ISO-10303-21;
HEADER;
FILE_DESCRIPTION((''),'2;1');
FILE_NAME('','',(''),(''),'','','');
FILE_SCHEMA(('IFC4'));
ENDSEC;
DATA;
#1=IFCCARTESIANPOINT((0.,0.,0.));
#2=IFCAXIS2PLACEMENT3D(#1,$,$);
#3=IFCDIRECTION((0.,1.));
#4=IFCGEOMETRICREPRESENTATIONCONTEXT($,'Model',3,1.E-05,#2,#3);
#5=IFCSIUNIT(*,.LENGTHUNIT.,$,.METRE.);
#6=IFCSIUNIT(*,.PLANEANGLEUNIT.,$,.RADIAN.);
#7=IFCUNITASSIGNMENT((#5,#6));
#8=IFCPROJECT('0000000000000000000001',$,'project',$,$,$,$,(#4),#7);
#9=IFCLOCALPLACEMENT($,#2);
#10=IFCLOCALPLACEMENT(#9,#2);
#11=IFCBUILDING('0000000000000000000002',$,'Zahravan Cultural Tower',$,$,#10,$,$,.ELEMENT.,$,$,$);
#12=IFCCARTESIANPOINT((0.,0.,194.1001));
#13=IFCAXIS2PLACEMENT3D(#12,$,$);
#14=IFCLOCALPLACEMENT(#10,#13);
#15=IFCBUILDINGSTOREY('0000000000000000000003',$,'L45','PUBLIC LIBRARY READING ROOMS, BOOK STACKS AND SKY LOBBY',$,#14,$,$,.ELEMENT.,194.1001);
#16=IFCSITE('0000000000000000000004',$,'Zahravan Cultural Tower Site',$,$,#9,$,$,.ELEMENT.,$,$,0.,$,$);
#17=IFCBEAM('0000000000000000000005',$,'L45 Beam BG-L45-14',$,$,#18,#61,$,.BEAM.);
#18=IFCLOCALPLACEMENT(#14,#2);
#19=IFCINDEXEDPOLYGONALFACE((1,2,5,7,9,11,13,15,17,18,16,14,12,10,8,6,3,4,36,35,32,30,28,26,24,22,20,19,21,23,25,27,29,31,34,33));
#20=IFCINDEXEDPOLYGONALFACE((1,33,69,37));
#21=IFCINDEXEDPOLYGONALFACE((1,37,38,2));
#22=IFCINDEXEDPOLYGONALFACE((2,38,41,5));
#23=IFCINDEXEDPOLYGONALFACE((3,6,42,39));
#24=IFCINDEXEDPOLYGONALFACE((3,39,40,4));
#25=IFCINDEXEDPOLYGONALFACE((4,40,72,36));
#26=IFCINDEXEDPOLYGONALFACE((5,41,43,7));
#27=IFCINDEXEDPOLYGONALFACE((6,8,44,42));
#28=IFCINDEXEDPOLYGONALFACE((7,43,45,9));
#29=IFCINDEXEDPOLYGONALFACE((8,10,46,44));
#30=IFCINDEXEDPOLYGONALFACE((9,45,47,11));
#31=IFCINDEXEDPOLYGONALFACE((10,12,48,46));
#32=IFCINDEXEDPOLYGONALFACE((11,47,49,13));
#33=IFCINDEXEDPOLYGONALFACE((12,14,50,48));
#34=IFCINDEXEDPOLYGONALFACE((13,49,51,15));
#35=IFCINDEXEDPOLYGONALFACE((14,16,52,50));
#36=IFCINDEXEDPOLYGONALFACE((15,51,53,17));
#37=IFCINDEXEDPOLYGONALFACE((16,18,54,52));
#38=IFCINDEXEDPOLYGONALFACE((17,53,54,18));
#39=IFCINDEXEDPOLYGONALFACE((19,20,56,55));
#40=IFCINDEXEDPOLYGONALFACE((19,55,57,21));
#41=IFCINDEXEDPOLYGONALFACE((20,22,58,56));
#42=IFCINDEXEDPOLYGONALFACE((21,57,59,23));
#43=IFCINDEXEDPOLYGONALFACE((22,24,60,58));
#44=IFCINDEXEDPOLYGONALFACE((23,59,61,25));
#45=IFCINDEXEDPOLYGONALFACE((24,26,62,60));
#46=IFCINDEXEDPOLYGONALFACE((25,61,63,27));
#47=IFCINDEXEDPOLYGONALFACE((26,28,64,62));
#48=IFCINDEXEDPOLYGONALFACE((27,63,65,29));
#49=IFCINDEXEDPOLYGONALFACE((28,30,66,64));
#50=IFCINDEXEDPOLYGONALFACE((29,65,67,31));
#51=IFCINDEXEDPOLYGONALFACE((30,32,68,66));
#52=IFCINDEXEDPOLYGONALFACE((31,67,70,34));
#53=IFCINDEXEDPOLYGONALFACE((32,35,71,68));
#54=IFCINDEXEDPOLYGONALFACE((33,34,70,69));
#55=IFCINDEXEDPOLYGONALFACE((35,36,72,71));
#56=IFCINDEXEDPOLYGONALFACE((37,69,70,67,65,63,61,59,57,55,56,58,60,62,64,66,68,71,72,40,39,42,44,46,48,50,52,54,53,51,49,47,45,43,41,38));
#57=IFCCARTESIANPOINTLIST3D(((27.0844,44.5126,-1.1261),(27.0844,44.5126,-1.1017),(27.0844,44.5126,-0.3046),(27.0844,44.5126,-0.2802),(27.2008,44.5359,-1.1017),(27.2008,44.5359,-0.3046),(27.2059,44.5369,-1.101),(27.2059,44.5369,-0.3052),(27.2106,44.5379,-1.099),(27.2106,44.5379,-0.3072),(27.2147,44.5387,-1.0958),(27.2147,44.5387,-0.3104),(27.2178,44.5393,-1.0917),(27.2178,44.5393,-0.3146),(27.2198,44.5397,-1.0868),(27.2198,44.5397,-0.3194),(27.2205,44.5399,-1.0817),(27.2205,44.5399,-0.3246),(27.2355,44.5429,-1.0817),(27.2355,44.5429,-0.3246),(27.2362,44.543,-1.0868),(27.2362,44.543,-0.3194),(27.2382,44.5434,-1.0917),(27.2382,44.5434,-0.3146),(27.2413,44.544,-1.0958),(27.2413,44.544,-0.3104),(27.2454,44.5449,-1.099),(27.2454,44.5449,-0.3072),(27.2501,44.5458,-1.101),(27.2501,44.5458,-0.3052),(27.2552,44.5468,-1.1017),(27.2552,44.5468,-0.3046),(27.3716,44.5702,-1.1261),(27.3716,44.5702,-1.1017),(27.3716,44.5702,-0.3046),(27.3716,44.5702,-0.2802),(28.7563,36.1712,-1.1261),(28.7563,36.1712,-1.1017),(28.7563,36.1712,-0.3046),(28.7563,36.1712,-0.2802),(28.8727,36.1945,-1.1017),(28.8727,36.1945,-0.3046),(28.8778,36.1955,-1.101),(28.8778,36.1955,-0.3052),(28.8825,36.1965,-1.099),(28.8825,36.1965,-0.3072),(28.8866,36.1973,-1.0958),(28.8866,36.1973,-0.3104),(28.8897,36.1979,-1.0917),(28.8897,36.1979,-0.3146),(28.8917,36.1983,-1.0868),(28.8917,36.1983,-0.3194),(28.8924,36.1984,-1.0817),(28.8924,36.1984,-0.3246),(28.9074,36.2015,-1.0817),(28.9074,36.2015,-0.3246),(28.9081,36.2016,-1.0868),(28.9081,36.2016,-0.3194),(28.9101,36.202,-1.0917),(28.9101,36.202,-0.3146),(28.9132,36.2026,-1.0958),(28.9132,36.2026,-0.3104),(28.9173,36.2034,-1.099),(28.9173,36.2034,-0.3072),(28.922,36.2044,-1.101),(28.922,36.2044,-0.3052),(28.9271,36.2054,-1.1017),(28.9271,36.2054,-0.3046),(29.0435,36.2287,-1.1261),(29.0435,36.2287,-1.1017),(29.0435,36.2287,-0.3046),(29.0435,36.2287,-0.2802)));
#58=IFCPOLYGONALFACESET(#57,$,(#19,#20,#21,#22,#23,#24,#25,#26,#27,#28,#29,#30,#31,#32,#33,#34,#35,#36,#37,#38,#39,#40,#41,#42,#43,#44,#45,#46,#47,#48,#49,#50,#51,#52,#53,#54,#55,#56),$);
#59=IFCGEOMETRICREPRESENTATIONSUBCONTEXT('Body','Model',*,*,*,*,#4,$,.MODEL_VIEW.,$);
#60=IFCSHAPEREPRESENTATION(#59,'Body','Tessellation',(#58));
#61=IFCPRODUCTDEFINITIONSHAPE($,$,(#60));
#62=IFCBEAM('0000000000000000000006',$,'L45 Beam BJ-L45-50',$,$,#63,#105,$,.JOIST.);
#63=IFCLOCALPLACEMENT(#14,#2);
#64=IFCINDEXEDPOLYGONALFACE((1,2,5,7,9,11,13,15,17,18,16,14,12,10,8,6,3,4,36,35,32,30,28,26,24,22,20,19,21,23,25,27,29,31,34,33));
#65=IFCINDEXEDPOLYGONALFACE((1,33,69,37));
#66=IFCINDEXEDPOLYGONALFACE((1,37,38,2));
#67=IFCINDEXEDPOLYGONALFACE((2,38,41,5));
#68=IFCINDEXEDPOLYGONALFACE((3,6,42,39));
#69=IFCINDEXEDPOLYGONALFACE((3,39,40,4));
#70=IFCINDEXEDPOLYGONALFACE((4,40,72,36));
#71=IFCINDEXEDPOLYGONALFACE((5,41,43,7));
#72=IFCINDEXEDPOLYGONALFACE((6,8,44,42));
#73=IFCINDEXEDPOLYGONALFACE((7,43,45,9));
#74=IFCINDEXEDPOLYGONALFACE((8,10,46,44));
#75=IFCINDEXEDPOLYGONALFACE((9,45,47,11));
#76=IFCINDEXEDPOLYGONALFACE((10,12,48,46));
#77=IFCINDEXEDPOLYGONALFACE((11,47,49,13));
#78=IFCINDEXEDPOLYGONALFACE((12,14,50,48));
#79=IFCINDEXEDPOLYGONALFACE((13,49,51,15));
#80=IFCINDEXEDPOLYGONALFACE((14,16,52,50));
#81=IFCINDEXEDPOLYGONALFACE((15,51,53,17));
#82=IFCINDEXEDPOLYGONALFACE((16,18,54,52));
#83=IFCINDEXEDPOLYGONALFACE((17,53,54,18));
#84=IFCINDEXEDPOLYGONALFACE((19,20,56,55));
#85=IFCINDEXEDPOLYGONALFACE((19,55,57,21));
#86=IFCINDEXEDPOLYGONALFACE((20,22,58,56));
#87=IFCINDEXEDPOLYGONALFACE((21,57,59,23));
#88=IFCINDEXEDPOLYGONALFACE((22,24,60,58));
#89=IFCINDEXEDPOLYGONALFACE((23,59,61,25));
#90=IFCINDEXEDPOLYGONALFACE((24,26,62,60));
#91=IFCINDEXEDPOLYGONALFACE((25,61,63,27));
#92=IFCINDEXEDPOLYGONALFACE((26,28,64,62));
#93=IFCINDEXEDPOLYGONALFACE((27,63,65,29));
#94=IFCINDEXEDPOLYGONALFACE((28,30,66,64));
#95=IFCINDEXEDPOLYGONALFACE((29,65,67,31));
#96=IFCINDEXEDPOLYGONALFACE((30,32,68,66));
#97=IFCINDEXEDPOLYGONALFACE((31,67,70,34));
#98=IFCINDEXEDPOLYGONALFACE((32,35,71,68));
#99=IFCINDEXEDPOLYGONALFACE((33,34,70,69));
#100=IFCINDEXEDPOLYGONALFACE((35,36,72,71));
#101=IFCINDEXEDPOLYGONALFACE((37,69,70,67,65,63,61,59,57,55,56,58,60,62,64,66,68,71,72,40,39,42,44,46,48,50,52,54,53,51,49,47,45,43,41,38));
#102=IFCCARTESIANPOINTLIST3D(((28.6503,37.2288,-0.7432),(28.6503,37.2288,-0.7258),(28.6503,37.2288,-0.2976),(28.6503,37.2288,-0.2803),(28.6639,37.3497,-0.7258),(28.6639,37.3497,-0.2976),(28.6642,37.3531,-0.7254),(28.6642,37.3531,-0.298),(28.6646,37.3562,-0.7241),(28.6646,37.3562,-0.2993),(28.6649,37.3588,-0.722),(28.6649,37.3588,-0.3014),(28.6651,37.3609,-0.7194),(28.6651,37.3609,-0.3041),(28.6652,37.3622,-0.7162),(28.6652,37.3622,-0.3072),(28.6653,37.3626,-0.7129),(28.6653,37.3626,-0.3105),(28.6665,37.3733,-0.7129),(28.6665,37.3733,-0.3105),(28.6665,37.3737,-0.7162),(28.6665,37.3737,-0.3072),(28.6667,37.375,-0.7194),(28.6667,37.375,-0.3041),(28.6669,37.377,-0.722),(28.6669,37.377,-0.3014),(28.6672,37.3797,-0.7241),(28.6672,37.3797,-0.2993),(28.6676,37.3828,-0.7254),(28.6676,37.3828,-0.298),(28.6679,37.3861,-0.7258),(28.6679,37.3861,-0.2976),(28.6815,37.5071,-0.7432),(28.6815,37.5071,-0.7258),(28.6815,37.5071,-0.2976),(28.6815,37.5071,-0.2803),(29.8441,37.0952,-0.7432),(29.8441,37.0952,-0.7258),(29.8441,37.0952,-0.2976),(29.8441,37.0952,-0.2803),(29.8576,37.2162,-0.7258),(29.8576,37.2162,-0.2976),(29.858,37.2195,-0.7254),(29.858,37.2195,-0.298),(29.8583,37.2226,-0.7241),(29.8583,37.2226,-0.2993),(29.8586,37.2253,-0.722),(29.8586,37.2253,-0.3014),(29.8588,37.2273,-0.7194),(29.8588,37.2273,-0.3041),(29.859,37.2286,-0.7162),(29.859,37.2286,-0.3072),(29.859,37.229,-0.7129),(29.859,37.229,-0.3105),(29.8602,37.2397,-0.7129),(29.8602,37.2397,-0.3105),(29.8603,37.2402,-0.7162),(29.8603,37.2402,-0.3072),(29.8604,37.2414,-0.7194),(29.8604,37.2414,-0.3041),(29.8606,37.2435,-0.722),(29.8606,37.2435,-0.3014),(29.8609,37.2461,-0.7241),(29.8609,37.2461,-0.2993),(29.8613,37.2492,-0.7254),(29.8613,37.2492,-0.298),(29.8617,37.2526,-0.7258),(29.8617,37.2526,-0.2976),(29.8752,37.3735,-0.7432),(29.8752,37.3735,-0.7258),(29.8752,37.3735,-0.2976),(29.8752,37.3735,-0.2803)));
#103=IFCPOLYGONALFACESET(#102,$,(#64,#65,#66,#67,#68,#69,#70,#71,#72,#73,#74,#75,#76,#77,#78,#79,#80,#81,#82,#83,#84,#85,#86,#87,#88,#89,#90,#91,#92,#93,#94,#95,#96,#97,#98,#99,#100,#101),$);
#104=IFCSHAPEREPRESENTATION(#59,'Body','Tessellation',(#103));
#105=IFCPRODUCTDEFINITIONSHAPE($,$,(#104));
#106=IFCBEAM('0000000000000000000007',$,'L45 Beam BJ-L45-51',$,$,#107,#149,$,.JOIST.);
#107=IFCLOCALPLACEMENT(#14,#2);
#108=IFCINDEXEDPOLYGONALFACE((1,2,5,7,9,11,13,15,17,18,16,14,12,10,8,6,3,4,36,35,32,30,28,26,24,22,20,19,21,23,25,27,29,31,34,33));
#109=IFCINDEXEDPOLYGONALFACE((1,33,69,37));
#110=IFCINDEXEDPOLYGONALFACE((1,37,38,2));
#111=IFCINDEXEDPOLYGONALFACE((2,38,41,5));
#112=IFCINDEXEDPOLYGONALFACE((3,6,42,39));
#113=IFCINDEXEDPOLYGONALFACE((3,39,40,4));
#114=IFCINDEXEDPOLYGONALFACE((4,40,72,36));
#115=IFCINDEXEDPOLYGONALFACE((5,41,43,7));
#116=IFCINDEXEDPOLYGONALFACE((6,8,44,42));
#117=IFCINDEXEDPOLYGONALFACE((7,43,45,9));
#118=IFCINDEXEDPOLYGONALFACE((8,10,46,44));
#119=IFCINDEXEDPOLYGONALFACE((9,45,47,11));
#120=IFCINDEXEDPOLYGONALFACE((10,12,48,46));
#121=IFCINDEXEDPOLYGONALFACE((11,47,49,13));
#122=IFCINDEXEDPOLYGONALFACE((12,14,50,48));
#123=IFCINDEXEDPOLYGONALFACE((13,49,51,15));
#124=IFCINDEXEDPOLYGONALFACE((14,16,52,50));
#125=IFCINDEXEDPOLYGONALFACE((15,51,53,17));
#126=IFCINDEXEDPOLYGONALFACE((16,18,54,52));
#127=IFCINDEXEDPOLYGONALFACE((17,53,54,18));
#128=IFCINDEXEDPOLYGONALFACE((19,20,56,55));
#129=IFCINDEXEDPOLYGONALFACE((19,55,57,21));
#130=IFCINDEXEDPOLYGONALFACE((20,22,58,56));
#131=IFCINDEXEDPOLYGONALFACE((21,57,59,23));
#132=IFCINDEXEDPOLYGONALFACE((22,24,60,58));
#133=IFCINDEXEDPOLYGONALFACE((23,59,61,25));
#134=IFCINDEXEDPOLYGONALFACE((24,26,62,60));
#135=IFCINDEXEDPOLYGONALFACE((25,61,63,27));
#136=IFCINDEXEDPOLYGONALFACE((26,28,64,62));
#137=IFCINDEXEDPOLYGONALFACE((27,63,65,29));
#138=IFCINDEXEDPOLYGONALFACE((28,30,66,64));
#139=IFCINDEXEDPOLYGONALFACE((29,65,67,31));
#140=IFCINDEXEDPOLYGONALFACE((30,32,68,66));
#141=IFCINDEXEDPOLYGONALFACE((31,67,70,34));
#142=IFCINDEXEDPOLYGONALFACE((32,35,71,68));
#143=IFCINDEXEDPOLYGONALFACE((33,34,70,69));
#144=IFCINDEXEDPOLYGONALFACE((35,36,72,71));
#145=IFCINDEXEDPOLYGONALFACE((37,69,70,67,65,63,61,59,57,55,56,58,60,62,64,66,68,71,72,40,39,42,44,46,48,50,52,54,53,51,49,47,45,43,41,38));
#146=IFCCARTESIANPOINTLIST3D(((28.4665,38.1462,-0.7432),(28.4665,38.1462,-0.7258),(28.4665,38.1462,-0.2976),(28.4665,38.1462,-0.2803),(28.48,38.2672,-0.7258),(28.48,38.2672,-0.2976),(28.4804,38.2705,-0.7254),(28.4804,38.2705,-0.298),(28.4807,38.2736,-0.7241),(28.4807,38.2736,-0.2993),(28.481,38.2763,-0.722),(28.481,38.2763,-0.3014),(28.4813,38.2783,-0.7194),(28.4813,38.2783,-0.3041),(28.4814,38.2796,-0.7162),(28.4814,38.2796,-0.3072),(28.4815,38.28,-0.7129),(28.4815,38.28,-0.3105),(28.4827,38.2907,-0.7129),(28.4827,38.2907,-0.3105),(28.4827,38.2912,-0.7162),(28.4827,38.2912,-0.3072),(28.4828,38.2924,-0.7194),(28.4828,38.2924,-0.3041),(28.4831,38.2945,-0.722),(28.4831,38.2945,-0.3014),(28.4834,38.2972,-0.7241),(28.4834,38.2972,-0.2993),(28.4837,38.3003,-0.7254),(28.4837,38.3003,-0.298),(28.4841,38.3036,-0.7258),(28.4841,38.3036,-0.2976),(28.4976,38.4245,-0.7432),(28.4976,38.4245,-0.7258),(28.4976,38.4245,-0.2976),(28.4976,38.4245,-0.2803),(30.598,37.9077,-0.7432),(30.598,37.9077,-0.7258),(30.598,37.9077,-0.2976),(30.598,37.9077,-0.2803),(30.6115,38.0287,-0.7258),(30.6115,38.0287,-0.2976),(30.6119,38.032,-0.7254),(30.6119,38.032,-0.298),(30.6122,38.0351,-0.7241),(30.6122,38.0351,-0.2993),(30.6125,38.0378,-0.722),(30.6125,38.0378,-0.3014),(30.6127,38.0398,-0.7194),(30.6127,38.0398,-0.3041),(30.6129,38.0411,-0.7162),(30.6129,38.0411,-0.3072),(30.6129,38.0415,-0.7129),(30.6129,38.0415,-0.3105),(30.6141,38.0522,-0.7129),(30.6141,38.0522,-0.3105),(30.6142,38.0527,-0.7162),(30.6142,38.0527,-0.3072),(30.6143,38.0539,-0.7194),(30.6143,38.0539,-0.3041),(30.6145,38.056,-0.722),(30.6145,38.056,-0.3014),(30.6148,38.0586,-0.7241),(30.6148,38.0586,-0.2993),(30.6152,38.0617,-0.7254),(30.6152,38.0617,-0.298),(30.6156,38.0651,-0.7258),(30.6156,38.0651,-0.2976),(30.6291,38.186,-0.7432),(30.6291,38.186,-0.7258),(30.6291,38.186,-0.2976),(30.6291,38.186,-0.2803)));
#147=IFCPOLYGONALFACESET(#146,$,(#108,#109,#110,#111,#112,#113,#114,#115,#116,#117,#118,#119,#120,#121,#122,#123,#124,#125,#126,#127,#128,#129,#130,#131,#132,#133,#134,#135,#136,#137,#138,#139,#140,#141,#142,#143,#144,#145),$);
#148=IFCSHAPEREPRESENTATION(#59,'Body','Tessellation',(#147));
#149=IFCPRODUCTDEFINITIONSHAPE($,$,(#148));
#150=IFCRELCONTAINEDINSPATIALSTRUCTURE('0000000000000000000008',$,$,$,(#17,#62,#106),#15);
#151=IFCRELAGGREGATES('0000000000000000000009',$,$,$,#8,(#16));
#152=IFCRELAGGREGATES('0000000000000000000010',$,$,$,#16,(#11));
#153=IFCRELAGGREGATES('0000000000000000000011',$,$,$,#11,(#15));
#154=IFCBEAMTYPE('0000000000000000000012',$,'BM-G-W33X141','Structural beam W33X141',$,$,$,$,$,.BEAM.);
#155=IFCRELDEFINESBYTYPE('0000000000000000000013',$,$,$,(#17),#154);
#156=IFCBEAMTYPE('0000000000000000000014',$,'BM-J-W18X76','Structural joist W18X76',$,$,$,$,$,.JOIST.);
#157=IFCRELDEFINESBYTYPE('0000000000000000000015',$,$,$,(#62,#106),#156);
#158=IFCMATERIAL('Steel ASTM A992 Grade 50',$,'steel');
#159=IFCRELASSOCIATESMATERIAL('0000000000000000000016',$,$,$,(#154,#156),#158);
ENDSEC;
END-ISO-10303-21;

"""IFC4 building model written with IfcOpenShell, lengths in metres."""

from ifc_helpers import new_model, si_unit, direction, frame, origin, origin_2d, place, context, subcontext, project, spatial, i_section, extrude, source, transform, mapped, material, material_profile, profile_set, type_object, element, save


model = new_model("IFC4")

# Units and contexts
model_context = context("Model", 3, precision=1e-05, world=origin(), true_north=direction((0.0, 1.0)))
body_context = subcontext(model_context, "Body", "Model", "MODEL_VIEW")
ifc_project = project(units=[si_unit("LENGTHUNIT", "METRE"), si_unit("PLANEANGLEUNIT", "RADIAN")], contexts=[model_context])

# Site, building, storey
site_placement = place(None, origin())
site = spatial("IfcSite", under=ifc_project, at=site_placement, Name="Zahravan Cultural Tower Site", CompositionType="ELEMENT", RefElevation=0.0)
building_placement = place(site_placement, origin())
building = spatial("IfcBuilding", under=site, at=building_placement, Name="Zahravan Cultural Tower", CompositionType="ELEMENT")
storey_placement = place(building_placement, frame((0.0, 0.0, 194.1001)))
storey = spatial("IfcBuildingStorey", under=building, at=storey_placement, Name="L45", Description="PUBLIC LIBRARY READING ROOMS, BOOK STACKS AND SKY LOBBY", CompositionType="ELEMENT", Elevation=194.1001)

# Shared definitions
ifc_material_1 = material(Name="Steel ASTM A992 Grade 50", Category="steel")

# Beams
ifc_material_profile_1 = material_profile(ifc_material_1, i_section(OverallWidth=0.293, OverallDepth=0.8459, WebThickness=0.0154, FlangeThickness=0.0244, FilletRadius=0.02, at=origin_2d()), Name="W33X141")
ifc_profile_set_1 = profile_set([ifc_material_profile_1], Name="Steel ASTM A992 Grade 50")
beam_type_1 = type_object("IfcBeamType", Name="BM-G-W33X141", Description="Structural beam W33X141", PredefinedType="BEAM", material=ifc_profile_set_1)
shared_shape_1 = source(origin(), body_context, "Body", "SweptSolid", [
    extrude(i_section(OverallWidth=0.293, OverallDepth=0.8459, WebThickness=0.0154, FlangeThickness=0.0244, FilletRadius=0.02, at=origin_2d()), origin(), (0.0, 0.0, 1.0), 8.5073),
])
beam_1_placement = place(storey_placement, frame((28.8999, 36.2, -0.7031), z_axis=(-0.196525, 0.980499, 0.0), x_axis=(-0.980499, -0.196525, 0.0)))
element("IfcBeam", 1, at=beam_1_placement, inside=storey, type_object=beam_type_1, Name="L45 Beam BG-L45-14", PredefinedType="BEAM", context=body_context, shape_type="MappedRepresentation", body=[
    mapped(shared_shape_1, transform((0.0, 0.0, 0.0), x_axis=(1.0, 0.0, 0.0), y_axis=(0.0, 1.0, 0.0), z_axis=(0.0, 0.0, 1.0), scale=1.0)),
])
ifc_material_profile_2 = material_profile(ifc_material_1, i_section(OverallWidth=0.28, OverallDepth=0.4629, WebThickness=0.0107, FlangeThickness=0.0173, FilletRadius=0.0129, at=origin_2d()), Name="W18X76")
ifc_profile_set_2 = profile_set([ifc_material_profile_2], Name="Steel ASTM A992 Grade 50")
beam_type_2 = type_object("IfcBeamType", Name="BM-J-W18X76", Description="Structural joist W18X76", PredefinedType="JOIST", material=ifc_profile_set_2)
shared_shape_2 = source(origin(), body_context, "Body", "SweptSolid", [
    extrude(i_section(OverallWidth=0.28, OverallDepth=0.4629, WebThickness=0.0107, FlangeThickness=0.0173, FilletRadius=0.0129, at=origin_2d()), origin(), (0.0, 0.0, 1.0), 1.2012),
])
beam_2_placement = place(storey_placement, frame((29.8596, 37.2344, -0.5117), z_axis=(-0.993799, 0.11119, 0.0), x_axis=(-0.11119, -0.993799, 0.0)))
element("IfcBeam", 2, at=beam_2_placement, inside=storey, type_object=beam_type_2, Name="L45 Beam BJ-L45-50", PredefinedType="JOIST", context=body_context, shape_type="MappedRepresentation", body=[
    mapped(shared_shape_2, transform((0.0, 0.0, 0.0), x_axis=(1.0, 0.0, 0.0), y_axis=(0.0, 1.0, 0.0), z_axis=(0.0, 0.0, 1.0), scale=1.0)),
])
shared_shape_3 = source(origin(), body_context, "Body", "SweptSolid", [
    extrude(i_section(OverallWidth=0.28, OverallDepth=0.4629, WebThickness=0.0107, FlangeThickness=0.0173, FilletRadius=0.0129, at=origin_2d()), origin(), (0.0, 0.0, 1.0), 2.1448),
])
beam_3_placement = place(storey_placement, frame((30.6135, 38.0469, -0.5117), z_axis=(-0.993797, 0.111206, 0.0), x_axis=(-0.111206, -0.993797, 0.0)))
element("IfcBeam", 3, at=beam_3_placement, inside=storey, type_object=beam_type_2, Name="L45 Beam BJ-L45-51", PredefinedType="JOIST", context=body_context, shape_type="MappedRepresentation", body=[
    mapped(shared_shape_3, transform((0.0, 0.0, 0.0), x_axis=(1.0, 0.0, 0.0), y_axis=(0.0, 1.0, 0.0), z_axis=(0.0, 0.0, 1.0), scale=1.0)),
])

save(model, "model.ifc")
